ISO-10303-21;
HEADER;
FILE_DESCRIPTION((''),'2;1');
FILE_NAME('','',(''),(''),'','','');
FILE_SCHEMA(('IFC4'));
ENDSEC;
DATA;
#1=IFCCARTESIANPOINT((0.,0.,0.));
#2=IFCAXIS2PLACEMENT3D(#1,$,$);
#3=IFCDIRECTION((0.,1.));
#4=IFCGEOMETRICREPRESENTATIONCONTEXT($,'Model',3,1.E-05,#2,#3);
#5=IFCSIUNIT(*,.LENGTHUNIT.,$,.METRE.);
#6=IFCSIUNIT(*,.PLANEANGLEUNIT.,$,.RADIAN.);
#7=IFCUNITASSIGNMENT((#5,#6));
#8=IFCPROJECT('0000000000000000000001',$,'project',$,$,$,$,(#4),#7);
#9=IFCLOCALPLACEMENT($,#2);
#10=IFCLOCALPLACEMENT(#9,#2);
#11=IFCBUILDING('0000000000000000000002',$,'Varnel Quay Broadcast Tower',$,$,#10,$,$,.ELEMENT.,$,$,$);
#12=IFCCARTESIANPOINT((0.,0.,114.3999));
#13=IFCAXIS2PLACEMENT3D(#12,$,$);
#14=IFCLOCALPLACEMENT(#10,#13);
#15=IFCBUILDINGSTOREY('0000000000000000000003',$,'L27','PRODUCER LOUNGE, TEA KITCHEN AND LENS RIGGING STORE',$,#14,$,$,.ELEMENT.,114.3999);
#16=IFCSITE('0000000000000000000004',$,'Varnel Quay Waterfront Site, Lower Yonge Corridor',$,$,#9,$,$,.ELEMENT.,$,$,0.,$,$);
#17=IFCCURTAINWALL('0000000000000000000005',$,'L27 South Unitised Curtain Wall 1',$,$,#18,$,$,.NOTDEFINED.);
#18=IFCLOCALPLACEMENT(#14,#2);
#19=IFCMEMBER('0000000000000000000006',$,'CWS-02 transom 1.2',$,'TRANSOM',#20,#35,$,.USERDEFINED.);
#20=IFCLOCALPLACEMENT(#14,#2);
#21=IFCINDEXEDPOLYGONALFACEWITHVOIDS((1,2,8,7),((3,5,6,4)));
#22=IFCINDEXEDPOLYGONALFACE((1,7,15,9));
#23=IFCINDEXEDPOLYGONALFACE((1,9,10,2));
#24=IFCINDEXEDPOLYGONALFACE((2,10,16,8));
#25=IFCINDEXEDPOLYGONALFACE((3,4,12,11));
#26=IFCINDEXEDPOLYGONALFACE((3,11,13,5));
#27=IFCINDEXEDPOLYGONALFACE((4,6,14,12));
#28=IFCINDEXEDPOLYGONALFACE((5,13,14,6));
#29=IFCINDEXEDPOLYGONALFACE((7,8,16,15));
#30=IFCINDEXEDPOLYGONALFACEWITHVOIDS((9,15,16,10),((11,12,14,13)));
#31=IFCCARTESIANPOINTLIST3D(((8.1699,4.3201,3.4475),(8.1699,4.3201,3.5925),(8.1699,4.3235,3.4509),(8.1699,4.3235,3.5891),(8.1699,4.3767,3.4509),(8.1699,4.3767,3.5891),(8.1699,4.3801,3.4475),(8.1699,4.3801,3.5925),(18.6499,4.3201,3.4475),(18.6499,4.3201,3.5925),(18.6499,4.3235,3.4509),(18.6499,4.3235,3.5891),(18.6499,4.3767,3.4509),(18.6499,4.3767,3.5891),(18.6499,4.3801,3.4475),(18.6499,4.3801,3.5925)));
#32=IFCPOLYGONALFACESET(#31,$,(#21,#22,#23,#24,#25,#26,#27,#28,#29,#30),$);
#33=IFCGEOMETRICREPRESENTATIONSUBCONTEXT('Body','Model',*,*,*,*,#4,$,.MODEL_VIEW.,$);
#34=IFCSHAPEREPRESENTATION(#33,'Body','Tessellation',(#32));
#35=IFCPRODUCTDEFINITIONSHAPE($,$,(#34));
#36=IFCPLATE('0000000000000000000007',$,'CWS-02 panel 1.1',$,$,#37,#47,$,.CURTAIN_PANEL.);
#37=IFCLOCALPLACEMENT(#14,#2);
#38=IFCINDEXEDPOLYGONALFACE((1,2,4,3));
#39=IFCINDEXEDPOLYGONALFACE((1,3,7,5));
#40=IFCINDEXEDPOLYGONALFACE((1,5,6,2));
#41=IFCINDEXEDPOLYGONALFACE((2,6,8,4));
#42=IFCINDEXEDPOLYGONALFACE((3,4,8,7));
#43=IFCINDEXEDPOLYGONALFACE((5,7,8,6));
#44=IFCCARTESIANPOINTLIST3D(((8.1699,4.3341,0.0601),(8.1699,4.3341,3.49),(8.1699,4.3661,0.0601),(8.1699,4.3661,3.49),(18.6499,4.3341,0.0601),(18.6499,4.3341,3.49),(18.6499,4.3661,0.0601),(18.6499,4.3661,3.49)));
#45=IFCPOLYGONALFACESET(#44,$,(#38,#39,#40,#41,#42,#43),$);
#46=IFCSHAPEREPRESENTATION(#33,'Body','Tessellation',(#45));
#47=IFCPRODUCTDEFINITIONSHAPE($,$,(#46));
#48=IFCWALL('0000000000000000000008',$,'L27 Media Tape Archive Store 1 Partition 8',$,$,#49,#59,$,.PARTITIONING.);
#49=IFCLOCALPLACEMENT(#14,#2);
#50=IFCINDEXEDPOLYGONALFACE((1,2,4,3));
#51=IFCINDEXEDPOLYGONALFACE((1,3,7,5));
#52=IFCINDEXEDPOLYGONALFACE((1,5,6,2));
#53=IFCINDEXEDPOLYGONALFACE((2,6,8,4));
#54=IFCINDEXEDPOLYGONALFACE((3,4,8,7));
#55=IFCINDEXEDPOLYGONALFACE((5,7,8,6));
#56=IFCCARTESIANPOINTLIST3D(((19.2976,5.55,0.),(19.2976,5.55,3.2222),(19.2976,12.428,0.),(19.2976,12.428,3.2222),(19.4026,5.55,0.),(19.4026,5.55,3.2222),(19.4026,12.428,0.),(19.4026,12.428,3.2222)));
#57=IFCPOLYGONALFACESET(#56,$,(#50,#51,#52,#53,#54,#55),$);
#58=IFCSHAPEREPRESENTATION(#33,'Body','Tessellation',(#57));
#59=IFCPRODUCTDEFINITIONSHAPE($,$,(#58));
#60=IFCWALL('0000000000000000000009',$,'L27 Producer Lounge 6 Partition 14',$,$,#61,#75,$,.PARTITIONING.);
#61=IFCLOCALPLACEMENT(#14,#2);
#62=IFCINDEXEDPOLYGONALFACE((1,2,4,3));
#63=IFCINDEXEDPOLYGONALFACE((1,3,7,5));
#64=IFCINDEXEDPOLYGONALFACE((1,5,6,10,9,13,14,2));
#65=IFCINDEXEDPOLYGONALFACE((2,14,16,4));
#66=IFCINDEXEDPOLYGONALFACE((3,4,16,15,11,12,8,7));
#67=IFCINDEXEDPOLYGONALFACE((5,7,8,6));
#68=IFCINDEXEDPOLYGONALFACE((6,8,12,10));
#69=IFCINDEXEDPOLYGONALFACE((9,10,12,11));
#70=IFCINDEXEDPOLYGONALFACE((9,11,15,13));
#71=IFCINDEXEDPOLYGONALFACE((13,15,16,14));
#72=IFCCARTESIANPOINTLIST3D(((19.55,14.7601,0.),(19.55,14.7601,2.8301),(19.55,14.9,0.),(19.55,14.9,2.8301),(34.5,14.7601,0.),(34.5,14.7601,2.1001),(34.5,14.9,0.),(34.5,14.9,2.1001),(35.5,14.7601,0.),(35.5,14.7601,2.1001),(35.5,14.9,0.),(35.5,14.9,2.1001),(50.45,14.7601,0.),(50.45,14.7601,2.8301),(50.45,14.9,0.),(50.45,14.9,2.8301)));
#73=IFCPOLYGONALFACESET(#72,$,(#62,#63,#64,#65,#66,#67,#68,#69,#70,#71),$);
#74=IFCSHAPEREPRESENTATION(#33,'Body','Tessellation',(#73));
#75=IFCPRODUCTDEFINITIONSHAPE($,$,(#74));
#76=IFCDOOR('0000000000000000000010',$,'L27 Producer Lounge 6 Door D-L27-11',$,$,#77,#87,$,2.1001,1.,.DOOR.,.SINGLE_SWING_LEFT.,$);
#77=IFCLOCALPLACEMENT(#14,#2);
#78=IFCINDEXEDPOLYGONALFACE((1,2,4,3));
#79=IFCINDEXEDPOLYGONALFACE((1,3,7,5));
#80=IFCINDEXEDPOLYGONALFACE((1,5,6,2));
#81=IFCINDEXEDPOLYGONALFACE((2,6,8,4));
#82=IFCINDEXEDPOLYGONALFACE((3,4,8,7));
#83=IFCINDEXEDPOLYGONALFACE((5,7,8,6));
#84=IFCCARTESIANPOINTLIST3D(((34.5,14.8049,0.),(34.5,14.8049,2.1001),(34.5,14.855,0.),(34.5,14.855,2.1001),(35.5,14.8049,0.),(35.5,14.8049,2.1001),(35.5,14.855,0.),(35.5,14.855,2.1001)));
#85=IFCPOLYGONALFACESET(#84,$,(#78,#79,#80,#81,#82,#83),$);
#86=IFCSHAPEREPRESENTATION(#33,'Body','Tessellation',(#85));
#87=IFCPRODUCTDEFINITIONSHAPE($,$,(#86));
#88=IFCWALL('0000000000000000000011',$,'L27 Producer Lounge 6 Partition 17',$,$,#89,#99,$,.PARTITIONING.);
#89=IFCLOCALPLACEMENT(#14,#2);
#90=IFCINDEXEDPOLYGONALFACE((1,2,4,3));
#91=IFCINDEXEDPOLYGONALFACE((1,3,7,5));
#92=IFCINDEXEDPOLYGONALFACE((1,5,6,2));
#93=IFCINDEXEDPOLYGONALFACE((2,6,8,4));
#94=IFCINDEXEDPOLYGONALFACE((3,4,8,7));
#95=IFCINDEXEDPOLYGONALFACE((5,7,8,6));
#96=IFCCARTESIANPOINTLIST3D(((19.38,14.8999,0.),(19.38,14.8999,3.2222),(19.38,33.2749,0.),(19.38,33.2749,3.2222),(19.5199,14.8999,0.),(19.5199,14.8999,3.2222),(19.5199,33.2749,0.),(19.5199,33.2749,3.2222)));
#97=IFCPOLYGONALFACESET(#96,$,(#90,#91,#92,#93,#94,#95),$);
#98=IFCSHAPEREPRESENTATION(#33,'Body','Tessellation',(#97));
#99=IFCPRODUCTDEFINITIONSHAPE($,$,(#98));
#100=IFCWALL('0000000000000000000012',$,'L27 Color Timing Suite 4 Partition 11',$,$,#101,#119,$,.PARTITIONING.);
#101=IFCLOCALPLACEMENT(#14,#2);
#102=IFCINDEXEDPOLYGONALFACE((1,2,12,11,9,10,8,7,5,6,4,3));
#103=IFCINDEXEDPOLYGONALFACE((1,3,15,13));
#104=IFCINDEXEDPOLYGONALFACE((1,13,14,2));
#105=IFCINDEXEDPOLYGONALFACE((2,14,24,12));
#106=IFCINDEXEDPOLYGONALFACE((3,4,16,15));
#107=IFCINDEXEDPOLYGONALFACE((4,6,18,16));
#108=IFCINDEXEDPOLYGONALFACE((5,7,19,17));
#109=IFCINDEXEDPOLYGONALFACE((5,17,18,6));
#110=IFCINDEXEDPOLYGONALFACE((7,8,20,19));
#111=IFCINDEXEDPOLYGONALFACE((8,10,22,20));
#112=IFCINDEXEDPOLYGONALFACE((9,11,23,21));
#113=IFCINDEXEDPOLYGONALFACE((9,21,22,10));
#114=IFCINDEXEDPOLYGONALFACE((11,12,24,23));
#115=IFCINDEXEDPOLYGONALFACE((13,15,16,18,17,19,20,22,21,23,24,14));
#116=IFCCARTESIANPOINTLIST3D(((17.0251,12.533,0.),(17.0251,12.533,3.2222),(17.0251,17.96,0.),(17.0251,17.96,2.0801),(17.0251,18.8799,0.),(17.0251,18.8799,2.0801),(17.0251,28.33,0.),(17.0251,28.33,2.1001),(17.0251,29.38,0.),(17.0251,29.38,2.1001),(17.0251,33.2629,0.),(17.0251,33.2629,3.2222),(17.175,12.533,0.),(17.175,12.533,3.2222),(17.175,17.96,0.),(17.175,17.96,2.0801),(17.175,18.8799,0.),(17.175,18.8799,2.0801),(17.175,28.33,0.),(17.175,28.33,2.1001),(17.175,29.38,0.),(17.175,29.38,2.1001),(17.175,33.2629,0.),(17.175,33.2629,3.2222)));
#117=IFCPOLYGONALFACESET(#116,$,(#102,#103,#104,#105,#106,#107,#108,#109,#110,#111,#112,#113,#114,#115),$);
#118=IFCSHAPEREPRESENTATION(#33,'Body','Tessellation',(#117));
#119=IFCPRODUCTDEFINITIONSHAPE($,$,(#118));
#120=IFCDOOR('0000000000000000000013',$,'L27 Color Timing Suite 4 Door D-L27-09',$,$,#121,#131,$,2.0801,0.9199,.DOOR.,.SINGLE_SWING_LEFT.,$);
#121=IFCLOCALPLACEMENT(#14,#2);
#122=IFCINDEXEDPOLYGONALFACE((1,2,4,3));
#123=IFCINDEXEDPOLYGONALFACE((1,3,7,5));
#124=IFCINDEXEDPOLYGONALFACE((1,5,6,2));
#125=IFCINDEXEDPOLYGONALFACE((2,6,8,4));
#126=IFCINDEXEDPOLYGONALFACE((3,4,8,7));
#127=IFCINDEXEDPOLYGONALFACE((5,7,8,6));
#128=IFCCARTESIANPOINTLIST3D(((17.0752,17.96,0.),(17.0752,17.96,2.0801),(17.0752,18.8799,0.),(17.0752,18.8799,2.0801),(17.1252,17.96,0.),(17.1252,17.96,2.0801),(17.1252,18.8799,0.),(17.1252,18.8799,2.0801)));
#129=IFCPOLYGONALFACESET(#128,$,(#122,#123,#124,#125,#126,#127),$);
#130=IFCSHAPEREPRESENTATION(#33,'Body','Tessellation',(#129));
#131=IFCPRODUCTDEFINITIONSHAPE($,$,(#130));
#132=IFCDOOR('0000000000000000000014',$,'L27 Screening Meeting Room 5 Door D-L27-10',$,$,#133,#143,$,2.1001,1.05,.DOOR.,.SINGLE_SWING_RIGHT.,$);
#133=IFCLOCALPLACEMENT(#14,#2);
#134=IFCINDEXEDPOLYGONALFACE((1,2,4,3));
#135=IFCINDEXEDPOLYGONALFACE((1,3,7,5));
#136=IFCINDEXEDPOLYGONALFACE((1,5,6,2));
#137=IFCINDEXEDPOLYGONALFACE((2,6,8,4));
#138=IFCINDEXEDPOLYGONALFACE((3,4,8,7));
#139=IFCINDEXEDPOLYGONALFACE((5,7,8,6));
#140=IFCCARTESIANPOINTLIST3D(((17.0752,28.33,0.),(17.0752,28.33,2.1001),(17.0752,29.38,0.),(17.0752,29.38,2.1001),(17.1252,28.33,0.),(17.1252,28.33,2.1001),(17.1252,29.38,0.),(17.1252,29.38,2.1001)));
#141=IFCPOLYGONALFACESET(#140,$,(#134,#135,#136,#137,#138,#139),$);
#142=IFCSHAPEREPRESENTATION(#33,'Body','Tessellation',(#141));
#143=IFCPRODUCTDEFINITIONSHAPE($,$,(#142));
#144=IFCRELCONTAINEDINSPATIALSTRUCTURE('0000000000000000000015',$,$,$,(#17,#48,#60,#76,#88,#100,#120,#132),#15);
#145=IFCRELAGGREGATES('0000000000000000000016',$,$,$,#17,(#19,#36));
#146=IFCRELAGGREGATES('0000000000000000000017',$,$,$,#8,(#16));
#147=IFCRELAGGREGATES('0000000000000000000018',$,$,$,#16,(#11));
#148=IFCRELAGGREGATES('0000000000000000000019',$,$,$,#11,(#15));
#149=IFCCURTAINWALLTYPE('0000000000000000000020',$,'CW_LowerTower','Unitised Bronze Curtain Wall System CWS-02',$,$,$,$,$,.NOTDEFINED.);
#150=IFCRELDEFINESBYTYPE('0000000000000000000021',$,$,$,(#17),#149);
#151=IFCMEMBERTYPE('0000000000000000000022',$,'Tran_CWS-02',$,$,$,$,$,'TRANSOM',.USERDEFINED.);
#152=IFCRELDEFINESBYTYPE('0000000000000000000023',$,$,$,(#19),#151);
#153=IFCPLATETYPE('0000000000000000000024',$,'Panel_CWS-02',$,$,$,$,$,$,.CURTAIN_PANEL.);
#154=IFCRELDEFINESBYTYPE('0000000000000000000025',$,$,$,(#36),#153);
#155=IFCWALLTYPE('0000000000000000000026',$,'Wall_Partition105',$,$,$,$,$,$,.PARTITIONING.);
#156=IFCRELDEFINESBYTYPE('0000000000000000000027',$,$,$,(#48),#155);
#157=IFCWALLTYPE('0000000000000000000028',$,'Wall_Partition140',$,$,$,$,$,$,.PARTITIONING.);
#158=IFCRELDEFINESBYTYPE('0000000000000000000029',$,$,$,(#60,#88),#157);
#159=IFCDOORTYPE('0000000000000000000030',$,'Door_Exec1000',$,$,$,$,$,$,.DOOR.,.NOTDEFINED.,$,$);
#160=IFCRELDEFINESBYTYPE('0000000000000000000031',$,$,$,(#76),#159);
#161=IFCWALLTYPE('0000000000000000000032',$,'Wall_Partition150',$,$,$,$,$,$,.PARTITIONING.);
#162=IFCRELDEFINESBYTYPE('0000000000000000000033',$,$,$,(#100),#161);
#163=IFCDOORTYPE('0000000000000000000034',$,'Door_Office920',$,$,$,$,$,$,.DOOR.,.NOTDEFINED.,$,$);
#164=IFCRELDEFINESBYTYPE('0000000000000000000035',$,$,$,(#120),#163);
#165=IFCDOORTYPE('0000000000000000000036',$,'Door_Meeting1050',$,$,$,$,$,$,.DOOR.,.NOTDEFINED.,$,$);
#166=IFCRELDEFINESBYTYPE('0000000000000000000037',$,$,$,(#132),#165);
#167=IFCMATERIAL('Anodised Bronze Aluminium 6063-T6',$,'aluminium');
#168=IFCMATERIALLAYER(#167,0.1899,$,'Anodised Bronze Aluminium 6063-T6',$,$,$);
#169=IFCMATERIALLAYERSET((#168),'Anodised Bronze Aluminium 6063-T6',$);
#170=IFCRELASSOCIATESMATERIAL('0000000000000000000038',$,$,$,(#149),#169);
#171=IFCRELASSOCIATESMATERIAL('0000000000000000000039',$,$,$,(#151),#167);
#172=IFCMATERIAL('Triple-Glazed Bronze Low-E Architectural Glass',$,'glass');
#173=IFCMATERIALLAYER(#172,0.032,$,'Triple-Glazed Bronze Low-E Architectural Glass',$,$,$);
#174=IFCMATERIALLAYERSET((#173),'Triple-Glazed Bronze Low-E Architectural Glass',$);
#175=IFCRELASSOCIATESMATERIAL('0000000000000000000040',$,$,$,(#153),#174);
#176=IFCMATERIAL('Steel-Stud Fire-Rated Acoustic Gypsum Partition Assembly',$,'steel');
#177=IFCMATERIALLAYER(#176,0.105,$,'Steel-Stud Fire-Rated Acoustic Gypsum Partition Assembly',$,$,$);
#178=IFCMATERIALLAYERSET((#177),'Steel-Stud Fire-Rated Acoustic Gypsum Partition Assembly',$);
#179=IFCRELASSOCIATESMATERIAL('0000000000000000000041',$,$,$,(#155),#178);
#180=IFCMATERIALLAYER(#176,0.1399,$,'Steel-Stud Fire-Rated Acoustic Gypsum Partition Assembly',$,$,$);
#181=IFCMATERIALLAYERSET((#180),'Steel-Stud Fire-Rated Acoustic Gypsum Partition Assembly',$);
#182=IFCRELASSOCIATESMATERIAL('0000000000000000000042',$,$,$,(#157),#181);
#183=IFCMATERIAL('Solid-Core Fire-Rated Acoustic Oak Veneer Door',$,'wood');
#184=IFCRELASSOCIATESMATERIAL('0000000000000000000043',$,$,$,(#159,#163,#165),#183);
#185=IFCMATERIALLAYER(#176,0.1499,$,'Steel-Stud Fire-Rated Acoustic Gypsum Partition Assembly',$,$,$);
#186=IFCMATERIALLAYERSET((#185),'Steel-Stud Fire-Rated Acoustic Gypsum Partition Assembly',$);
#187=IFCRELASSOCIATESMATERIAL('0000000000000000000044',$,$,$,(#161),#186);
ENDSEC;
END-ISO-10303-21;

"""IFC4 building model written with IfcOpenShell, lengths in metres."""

from ifc_helpers import new_model, si_unit, direction, frame, frame_2d, origin, origin_2d, place, context, subcontext, project, spatial, rectangle, hollow_rectangle, extrude, source, transform, mapped, material, layer, layer_set, material_profile, profile_set, type_object, type_shapes, element, fill, aggregate, save


model = new_model("IFC4")

# Units and contexts
model_context = context("Model", 3, precision=1e-05, world=origin(), true_north=direction((0.0, 1.0)))
body_context = subcontext(model_context, "Body", "Model", "MODEL_VIEW")
ifc_project = project(units=[si_unit("LENGTHUNIT", "METRE"), si_unit("PLANEANGLEUNIT", "RADIAN")], contexts=[model_context])

# Site, building, storey
site_placement = place(None, origin())
site = spatial("IfcSite", under=ifc_project, at=site_placement, Name="Varnel Quay Waterfront Site, Lower Yonge Corridor", CompositionType="ELEMENT", RefElevation=0.0)
building_placement = place(site_placement, origin())
building = spatial("IfcBuilding", under=site, at=building_placement, Name="Varnel Quay Broadcast Tower", CompositionType="ELEMENT")
storey_placement = place(building_placement, frame((0.0, 0.0, 114.3999)))
storey = spatial("IfcBuildingStorey", under=building, at=storey_placement, Name="L27", Description="PRODUCER LOUNGE, TEA KITCHEN AND LENS RIGGING STORE", CompositionType="ELEMENT", Elevation=114.3999)

# Curtain wall
ifc_material_1 = material(Name="Anodised Bronze Aluminium 6063-T6", Category="aluminium")
ifc_layer_1 = layer(ifc_material_1, 0.1899, Name="Anodised Bronze Aluminium 6063-T6")
ifc_layer_set_1 = layer_set([ifc_layer_1], Name="Anodised Bronze Aluminium 6063-T6")
curtain_wall_type_1 = type_object("IfcCurtainWallType", Name="CW_LowerTower", Description="Unitised Bronze Curtain Wall System CWS-02", PredefinedType="NOTDEFINED", material=ifc_layer_set_1)
ifc_material_profile_1 = material_profile(ifc_material_1, hollow_rectangle(XDim=0.0601, YDim=0.145, WallThickness=0.0034, at=origin_2d()), Name="ALU60X145X3.5")
ifc_profile_set_1 = profile_set([ifc_material_profile_1], Name="Anodised Bronze Aluminium 6063-T6")
member_type_1 = type_object("IfcMemberType", Name="Tran_CWS-02", ElementType="TRANSOM", PredefinedType="USERDEFINED", material=ifc_profile_set_1)
curtain_wall_1_placement = place(storey_placement, origin())
curtain_wall_1 = element("IfcCurtainWall", 1, at=curtain_wall_1_placement, inside=storey, type_object=curtain_wall_type_1, Name="L27 South Unitised Curtain Wall 1", PredefinedType="NOTDEFINED")

# Member
shared_shape_1 = source(origin(), body_context, "Body", "SweptSolid", [
    extrude(hollow_rectangle(XDim=0.0601, YDim=0.145, WallThickness=0.0034, at=origin_2d()), origin(), (0.0, 0.0, 1.0), 10.48),
])
member_1_placement = place(storey_placement, frame((8.1699, 4.3501, 3.52), z_axis=(1.0, 0.0, 0.0), x_axis=(0.0, 1.0, 0.0)))
member_1 = element("IfcMember", 2, at=member_1_placement, type_object=member_type_1, Name="CWS-02 transom 1.2", ObjectType="TRANSOM", PredefinedType="USERDEFINED", context=body_context, shape_type="MappedRepresentation", body=[
    mapped(shared_shape_1, transform((0.0, 0.0, 0.0), x_axis=(1.0, 0.0, 0.0), y_axis=(0.0, 1.0, 0.0), z_axis=(0.0, 0.0, 1.0), scale=1.0)),
])

# Plate
ifc_material_2 = material(Name="Triple-Glazed Bronze Low-E Architectural Glass", Category="glass")
ifc_layer_2 = layer(ifc_material_2, 0.032, Name="Triple-Glazed Bronze Low-E Architectural Glass")
ifc_layer_set_2 = layer_set([ifc_layer_2], Name="Triple-Glazed Bronze Low-E Architectural Glass")
plate_type = type_object("IfcPlateType", Name="Panel_CWS-02", PredefinedType="CURTAIN_PANEL", material=ifc_layer_set_2)
shared_shape_2 = source(origin(), body_context, "Body", "SweptSolid", [
    extrude(rectangle(XDim=10.48, YDim=0.032, at=origin_2d()), origin(), (0.0, 0.0, 1.0), 3.4299),
])
type_shapes(plate_type, [shared_shape_2])
plate_placement = place(storey_placement, frame((13.4099, 4.3501, 0.0601), z_axis=(0.0, 0.0, 1.0), x_axis=(1.0, 0.0, 0.0)))
plate = element("IfcPlate", 3, at=plate_placement, type_object=plate_type, Name="CWS-02 panel 1.1", PredefinedType="CURTAIN_PANEL", context=body_context, shape_type="MappedRepresentation", body=[
    mapped(shared_shape_2, transform((0.0, 0.0, 0.0), x_axis=(1.0, 0.0, 0.0), y_axis=(0.0, 1.0, 0.0), z_axis=(0.0, 0.0, 1.0), scale=1.0)),
])
aggregate(curtain_wall_1, [member_1, plate])

# Wall
ifc_material_3 = material(Name="Steel-Stud Fire-Rated Acoustic Gypsum Partition Assembly", Category="steel")
ifc_layer_3 = layer(ifc_material_3, 0.105, Name="Steel-Stud Fire-Rated Acoustic Gypsum Partition Assembly")
ifc_layer_set_3 = layer_set([ifc_layer_3], Name="Steel-Stud Fire-Rated Acoustic Gypsum Partition Assembly")
wall_type_1 = type_object("IfcWallType", Name="Wall_Partition105", PredefinedType="PARTITIONING", material=ifc_layer_set_3)
wall_1_placement = place(storey_placement, frame((19.3501, 5.55, 0.0), z_axis=(0.0, 0.0, 1.0), x_axis=(0.0, 1.0, 0.0)))
element("IfcWall", 4, at=wall_1_placement, inside=storey, type_object=wall_type_1, Name="L27 Media Tape Archive Store 1 Partition 8", PredefinedType="PARTITIONING", context=body_context, shape_type="SweptSolid", body=[
    extrude(rectangle(XDim=6.8779, YDim=0.105, at=frame_2d((3.439, 0.0))), origin(), (0.0, 0.0, 1.0), 3.2222),
])

# Wall, opening, door
ifc_layer_4 = layer(ifc_material_3, 0.1399, Name="Steel-Stud Fire-Rated Acoustic Gypsum Partition Assembly")
ifc_layer_set_4 = layer_set([ifc_layer_4], Name="Steel-Stud Fire-Rated Acoustic Gypsum Partition Assembly")
wall_type_2 = type_object("IfcWallType", Name="Wall_Partition140", PredefinedType="PARTITIONING", material=ifc_layer_set_4)
wall_2_placement = place(storey_placement, frame((19.55, 14.8301, 0.0), z_axis=(0.0, 0.0, 1.0), x_axis=(1.0, 0.0, 0.0)))
wall_2 = element("IfcWall", 5, at=wall_2_placement, inside=storey, type_object=wall_type_2, Name="L27 Producer Lounge 6 Partition 14", PredefinedType="PARTITIONING", context=body_context, shape_type="SweptSolid", body=[
    extrude(rectangle(XDim=30.8999, YDim=0.1399, at=frame_2d((15.45, 0.0))), origin(), (0.0, 0.0, 1.0), 2.8301),
])
opening_1_placement = place(wall_2_placement, frame((14.95, 0.0, 0.0)))
opening_1 = element("IfcOpeningElement", 6, at=opening_1_placement, cuts=wall_2, PredefinedType="OPENING", context=body_context, shape_type="SweptSolid", body=[
    extrude(rectangle(XDim=1.0, YDim=2.1001, at=frame_2d((0.5, 1.05))), frame((0.0, 0.0801, 0.0), z_axis=(0.0, -1.0, 0.0), x_axis=(1.0, 0.0, 0.0)), (0.0, 0.0, 1.0), 0.1599),
])
ifc_material_4 = material(Name="Solid-Core Fire-Rated Acoustic Oak Veneer Door", Category="wood")
door_type_1 = type_object("IfcDoorType", Name="Door_Exec1000", OperationType="NOTDEFINED", PredefinedType="DOOR", material=ifc_material_4)
shared_shape_3 = source(origin(), body_context, "Body", "SweptSolid", [
    extrude(rectangle(XDim=1.0, YDim=2.1001, at=frame_2d((0.5, 1.05))), frame((0.0, 0.0249, 0.0), z_axis=(0.0, -1.0, 0.0), x_axis=(1.0, 0.0, 0.0)), (0.0, 0.0, 1.0), 0.05),
])
type_shapes(door_type_1, [shared_shape_3])
door_1_placement = place(opening_1_placement, origin())
door_1 = element("IfcDoor", 7, at=door_1_placement, inside=storey, type_object=door_type_1, Name="L27 Producer Lounge 6 Door D-L27-11", OperationType="SINGLE_SWING_LEFT", OverallHeight=2.1001, OverallWidth=1.0, PredefinedType="DOOR", context=body_context, shape_type="MappedRepresentation", body=[
    mapped(shared_shape_3, transform((0.0, 0.0, 0.0), x_axis=(1.0, 0.0, 0.0), y_axis=(0.0, 1.0, 0.0), z_axis=(0.0, 0.0, 1.0), scale=1.0)),
])
fill(opening_1, door_1)

# Wall
wall_3_placement = place(storey_placement, frame((19.45, 14.8999, 0.0), z_axis=(0.0, 0.0, 1.0), x_axis=(0.0, 1.0, 0.0)))
element("IfcWall", 8, at=wall_3_placement, inside=storey, type_object=wall_type_2, Name="L27 Producer Lounge 6 Partition 17", PredefinedType="PARTITIONING", context=body_context, shape_type="SweptSolid", body=[
    extrude(rectangle(XDim=18.375, YDim=0.1399, at=frame_2d((9.1875, 0.0))), origin(), (0.0, 0.0, 1.0), 3.2222),
])

# Wall, openings, doors
ifc_layer_5 = layer(ifc_material_3, 0.1499, Name="Steel-Stud Fire-Rated Acoustic Gypsum Partition Assembly")
ifc_layer_set_5 = layer_set([ifc_layer_5], Name="Steel-Stud Fire-Rated Acoustic Gypsum Partition Assembly")
wall_type_3 = type_object("IfcWallType", Name="Wall_Partition150", PredefinedType="PARTITIONING", material=ifc_layer_set_5)
wall_4_placement = place(storey_placement, frame((17.1001, 12.533, 0.0), z_axis=(0.0, 0.0, 1.0), x_axis=(0.0, 1.0, 0.0)))
wall_4 = element("IfcWall", 9, at=wall_4_placement, inside=storey, type_object=wall_type_3, Name="L27 Color Timing Suite 4 Partition 11", PredefinedType="PARTITIONING", context=body_context, shape_type="SweptSolid", body=[
    extrude(rectangle(XDim=20.73, YDim=0.1499, at=frame_2d((10.365, 0.0))), origin(), (0.0, 0.0, 1.0), 3.2222),
])
opening_2_placement = place(wall_4_placement, frame((5.427, 0.0, 0.0)))
opening_2 = element("IfcOpeningElement", 10, at=opening_2_placement, cuts=wall_4, PredefinedType="OPENING", context=body_context, shape_type="SweptSolid", body=[
    extrude(rectangle(XDim=0.9199, YDim=2.0801, at=frame_2d((0.46, 1.04))), frame((0.0, 0.085, 0.0), z_axis=(0.0, -1.0, 0.0), x_axis=(1.0, 0.0, 0.0)), (0.0, 0.0, 1.0), 0.1699),
])
opening_3_placement = place(wall_4_placement, frame((15.7971, 0.0, 0.0)))
opening_3 = element("IfcOpeningElement", 11, at=opening_3_placement, cuts=wall_4, PredefinedType="OPENING", context=body_context, shape_type="SweptSolid", body=[
    extrude(rectangle(XDim=1.05, YDim=2.1001, at=frame_2d((0.5249, 1.05))), frame((0.0, 0.085, 0.0), z_axis=(0.0, -1.0, 0.0), x_axis=(1.0, 0.0, 0.0)), (0.0, 0.0, 1.0), 0.1699),
])
door_type_2 = type_object("IfcDoorType", Name="Door_Office920", OperationType="NOTDEFINED", PredefinedType="DOOR", material=ifc_material_4)
shared_shape_4 = source(origin(), body_context, "Body", "SweptSolid", [
    extrude(rectangle(XDim=0.9199, YDim=2.0801, at=frame_2d((0.46, 1.04))), frame((0.0, 0.0249, 0.0), z_axis=(0.0, -1.0, 0.0), x_axis=(1.0, 0.0, 0.0)), (0.0, 0.0, 1.0), 0.05),
])
type_shapes(door_type_2, [shared_shape_4])
door_2_placement = place(opening_2_placement, origin())
door_2 = element("IfcDoor", 12, at=door_2_placement, inside=storey, type_object=door_type_2, Name="L27 Color Timing Suite 4 Door D-L27-09", OperationType="SINGLE_SWING_LEFT", OverallHeight=2.0801, OverallWidth=0.9199, PredefinedType="DOOR", context=body_context, shape_type="MappedRepresentation", body=[
    mapped(shared_shape_4, transform((0.0, 0.0, 0.0), x_axis=(1.0, 0.0, 0.0), y_axis=(0.0, 1.0, 0.0), z_axis=(0.0, 0.0, 1.0), scale=1.0)),
])
fill(opening_2, door_2)
door_type_3 = type_object("IfcDoorType", Name="Door_Meeting1050", OperationType="NOTDEFINED", PredefinedType="DOOR", material=ifc_material_4)
shared_shape_5 = source(origin(), body_context, "Body", "SweptSolid", [
    extrude(rectangle(XDim=1.05, YDim=2.1001, at=frame_2d((0.5249, 1.05))), frame((0.0, 0.0249, 0.0), z_axis=(0.0, -1.0, 0.0), x_axis=(1.0, 0.0, 0.0)), (0.0, 0.0, 1.0), 0.05),
])
type_shapes(door_type_3, [shared_shape_5])
door_3_placement = place(opening_3_placement, origin())
door_3 = element("IfcDoor", 13, at=door_3_placement, inside=storey, type_object=door_type_3, Name="L27 Screening Meeting Room 5 Door D-L27-10", OperationType="SINGLE_SWING_RIGHT", OverallHeight=2.1001, OverallWidth=1.05, PredefinedType="DOOR", context=body_context, shape_type="MappedRepresentation", body=[
    mapped(shared_shape_5, transform((0.0, 0.0, 0.0), x_axis=(1.0, 0.0, 0.0), y_axis=(0.0, 1.0, 0.0), z_axis=(0.0, 0.0, 1.0), scale=1.0)),
])
fill(opening_3, door_3)

save(model, "model.ifc")
